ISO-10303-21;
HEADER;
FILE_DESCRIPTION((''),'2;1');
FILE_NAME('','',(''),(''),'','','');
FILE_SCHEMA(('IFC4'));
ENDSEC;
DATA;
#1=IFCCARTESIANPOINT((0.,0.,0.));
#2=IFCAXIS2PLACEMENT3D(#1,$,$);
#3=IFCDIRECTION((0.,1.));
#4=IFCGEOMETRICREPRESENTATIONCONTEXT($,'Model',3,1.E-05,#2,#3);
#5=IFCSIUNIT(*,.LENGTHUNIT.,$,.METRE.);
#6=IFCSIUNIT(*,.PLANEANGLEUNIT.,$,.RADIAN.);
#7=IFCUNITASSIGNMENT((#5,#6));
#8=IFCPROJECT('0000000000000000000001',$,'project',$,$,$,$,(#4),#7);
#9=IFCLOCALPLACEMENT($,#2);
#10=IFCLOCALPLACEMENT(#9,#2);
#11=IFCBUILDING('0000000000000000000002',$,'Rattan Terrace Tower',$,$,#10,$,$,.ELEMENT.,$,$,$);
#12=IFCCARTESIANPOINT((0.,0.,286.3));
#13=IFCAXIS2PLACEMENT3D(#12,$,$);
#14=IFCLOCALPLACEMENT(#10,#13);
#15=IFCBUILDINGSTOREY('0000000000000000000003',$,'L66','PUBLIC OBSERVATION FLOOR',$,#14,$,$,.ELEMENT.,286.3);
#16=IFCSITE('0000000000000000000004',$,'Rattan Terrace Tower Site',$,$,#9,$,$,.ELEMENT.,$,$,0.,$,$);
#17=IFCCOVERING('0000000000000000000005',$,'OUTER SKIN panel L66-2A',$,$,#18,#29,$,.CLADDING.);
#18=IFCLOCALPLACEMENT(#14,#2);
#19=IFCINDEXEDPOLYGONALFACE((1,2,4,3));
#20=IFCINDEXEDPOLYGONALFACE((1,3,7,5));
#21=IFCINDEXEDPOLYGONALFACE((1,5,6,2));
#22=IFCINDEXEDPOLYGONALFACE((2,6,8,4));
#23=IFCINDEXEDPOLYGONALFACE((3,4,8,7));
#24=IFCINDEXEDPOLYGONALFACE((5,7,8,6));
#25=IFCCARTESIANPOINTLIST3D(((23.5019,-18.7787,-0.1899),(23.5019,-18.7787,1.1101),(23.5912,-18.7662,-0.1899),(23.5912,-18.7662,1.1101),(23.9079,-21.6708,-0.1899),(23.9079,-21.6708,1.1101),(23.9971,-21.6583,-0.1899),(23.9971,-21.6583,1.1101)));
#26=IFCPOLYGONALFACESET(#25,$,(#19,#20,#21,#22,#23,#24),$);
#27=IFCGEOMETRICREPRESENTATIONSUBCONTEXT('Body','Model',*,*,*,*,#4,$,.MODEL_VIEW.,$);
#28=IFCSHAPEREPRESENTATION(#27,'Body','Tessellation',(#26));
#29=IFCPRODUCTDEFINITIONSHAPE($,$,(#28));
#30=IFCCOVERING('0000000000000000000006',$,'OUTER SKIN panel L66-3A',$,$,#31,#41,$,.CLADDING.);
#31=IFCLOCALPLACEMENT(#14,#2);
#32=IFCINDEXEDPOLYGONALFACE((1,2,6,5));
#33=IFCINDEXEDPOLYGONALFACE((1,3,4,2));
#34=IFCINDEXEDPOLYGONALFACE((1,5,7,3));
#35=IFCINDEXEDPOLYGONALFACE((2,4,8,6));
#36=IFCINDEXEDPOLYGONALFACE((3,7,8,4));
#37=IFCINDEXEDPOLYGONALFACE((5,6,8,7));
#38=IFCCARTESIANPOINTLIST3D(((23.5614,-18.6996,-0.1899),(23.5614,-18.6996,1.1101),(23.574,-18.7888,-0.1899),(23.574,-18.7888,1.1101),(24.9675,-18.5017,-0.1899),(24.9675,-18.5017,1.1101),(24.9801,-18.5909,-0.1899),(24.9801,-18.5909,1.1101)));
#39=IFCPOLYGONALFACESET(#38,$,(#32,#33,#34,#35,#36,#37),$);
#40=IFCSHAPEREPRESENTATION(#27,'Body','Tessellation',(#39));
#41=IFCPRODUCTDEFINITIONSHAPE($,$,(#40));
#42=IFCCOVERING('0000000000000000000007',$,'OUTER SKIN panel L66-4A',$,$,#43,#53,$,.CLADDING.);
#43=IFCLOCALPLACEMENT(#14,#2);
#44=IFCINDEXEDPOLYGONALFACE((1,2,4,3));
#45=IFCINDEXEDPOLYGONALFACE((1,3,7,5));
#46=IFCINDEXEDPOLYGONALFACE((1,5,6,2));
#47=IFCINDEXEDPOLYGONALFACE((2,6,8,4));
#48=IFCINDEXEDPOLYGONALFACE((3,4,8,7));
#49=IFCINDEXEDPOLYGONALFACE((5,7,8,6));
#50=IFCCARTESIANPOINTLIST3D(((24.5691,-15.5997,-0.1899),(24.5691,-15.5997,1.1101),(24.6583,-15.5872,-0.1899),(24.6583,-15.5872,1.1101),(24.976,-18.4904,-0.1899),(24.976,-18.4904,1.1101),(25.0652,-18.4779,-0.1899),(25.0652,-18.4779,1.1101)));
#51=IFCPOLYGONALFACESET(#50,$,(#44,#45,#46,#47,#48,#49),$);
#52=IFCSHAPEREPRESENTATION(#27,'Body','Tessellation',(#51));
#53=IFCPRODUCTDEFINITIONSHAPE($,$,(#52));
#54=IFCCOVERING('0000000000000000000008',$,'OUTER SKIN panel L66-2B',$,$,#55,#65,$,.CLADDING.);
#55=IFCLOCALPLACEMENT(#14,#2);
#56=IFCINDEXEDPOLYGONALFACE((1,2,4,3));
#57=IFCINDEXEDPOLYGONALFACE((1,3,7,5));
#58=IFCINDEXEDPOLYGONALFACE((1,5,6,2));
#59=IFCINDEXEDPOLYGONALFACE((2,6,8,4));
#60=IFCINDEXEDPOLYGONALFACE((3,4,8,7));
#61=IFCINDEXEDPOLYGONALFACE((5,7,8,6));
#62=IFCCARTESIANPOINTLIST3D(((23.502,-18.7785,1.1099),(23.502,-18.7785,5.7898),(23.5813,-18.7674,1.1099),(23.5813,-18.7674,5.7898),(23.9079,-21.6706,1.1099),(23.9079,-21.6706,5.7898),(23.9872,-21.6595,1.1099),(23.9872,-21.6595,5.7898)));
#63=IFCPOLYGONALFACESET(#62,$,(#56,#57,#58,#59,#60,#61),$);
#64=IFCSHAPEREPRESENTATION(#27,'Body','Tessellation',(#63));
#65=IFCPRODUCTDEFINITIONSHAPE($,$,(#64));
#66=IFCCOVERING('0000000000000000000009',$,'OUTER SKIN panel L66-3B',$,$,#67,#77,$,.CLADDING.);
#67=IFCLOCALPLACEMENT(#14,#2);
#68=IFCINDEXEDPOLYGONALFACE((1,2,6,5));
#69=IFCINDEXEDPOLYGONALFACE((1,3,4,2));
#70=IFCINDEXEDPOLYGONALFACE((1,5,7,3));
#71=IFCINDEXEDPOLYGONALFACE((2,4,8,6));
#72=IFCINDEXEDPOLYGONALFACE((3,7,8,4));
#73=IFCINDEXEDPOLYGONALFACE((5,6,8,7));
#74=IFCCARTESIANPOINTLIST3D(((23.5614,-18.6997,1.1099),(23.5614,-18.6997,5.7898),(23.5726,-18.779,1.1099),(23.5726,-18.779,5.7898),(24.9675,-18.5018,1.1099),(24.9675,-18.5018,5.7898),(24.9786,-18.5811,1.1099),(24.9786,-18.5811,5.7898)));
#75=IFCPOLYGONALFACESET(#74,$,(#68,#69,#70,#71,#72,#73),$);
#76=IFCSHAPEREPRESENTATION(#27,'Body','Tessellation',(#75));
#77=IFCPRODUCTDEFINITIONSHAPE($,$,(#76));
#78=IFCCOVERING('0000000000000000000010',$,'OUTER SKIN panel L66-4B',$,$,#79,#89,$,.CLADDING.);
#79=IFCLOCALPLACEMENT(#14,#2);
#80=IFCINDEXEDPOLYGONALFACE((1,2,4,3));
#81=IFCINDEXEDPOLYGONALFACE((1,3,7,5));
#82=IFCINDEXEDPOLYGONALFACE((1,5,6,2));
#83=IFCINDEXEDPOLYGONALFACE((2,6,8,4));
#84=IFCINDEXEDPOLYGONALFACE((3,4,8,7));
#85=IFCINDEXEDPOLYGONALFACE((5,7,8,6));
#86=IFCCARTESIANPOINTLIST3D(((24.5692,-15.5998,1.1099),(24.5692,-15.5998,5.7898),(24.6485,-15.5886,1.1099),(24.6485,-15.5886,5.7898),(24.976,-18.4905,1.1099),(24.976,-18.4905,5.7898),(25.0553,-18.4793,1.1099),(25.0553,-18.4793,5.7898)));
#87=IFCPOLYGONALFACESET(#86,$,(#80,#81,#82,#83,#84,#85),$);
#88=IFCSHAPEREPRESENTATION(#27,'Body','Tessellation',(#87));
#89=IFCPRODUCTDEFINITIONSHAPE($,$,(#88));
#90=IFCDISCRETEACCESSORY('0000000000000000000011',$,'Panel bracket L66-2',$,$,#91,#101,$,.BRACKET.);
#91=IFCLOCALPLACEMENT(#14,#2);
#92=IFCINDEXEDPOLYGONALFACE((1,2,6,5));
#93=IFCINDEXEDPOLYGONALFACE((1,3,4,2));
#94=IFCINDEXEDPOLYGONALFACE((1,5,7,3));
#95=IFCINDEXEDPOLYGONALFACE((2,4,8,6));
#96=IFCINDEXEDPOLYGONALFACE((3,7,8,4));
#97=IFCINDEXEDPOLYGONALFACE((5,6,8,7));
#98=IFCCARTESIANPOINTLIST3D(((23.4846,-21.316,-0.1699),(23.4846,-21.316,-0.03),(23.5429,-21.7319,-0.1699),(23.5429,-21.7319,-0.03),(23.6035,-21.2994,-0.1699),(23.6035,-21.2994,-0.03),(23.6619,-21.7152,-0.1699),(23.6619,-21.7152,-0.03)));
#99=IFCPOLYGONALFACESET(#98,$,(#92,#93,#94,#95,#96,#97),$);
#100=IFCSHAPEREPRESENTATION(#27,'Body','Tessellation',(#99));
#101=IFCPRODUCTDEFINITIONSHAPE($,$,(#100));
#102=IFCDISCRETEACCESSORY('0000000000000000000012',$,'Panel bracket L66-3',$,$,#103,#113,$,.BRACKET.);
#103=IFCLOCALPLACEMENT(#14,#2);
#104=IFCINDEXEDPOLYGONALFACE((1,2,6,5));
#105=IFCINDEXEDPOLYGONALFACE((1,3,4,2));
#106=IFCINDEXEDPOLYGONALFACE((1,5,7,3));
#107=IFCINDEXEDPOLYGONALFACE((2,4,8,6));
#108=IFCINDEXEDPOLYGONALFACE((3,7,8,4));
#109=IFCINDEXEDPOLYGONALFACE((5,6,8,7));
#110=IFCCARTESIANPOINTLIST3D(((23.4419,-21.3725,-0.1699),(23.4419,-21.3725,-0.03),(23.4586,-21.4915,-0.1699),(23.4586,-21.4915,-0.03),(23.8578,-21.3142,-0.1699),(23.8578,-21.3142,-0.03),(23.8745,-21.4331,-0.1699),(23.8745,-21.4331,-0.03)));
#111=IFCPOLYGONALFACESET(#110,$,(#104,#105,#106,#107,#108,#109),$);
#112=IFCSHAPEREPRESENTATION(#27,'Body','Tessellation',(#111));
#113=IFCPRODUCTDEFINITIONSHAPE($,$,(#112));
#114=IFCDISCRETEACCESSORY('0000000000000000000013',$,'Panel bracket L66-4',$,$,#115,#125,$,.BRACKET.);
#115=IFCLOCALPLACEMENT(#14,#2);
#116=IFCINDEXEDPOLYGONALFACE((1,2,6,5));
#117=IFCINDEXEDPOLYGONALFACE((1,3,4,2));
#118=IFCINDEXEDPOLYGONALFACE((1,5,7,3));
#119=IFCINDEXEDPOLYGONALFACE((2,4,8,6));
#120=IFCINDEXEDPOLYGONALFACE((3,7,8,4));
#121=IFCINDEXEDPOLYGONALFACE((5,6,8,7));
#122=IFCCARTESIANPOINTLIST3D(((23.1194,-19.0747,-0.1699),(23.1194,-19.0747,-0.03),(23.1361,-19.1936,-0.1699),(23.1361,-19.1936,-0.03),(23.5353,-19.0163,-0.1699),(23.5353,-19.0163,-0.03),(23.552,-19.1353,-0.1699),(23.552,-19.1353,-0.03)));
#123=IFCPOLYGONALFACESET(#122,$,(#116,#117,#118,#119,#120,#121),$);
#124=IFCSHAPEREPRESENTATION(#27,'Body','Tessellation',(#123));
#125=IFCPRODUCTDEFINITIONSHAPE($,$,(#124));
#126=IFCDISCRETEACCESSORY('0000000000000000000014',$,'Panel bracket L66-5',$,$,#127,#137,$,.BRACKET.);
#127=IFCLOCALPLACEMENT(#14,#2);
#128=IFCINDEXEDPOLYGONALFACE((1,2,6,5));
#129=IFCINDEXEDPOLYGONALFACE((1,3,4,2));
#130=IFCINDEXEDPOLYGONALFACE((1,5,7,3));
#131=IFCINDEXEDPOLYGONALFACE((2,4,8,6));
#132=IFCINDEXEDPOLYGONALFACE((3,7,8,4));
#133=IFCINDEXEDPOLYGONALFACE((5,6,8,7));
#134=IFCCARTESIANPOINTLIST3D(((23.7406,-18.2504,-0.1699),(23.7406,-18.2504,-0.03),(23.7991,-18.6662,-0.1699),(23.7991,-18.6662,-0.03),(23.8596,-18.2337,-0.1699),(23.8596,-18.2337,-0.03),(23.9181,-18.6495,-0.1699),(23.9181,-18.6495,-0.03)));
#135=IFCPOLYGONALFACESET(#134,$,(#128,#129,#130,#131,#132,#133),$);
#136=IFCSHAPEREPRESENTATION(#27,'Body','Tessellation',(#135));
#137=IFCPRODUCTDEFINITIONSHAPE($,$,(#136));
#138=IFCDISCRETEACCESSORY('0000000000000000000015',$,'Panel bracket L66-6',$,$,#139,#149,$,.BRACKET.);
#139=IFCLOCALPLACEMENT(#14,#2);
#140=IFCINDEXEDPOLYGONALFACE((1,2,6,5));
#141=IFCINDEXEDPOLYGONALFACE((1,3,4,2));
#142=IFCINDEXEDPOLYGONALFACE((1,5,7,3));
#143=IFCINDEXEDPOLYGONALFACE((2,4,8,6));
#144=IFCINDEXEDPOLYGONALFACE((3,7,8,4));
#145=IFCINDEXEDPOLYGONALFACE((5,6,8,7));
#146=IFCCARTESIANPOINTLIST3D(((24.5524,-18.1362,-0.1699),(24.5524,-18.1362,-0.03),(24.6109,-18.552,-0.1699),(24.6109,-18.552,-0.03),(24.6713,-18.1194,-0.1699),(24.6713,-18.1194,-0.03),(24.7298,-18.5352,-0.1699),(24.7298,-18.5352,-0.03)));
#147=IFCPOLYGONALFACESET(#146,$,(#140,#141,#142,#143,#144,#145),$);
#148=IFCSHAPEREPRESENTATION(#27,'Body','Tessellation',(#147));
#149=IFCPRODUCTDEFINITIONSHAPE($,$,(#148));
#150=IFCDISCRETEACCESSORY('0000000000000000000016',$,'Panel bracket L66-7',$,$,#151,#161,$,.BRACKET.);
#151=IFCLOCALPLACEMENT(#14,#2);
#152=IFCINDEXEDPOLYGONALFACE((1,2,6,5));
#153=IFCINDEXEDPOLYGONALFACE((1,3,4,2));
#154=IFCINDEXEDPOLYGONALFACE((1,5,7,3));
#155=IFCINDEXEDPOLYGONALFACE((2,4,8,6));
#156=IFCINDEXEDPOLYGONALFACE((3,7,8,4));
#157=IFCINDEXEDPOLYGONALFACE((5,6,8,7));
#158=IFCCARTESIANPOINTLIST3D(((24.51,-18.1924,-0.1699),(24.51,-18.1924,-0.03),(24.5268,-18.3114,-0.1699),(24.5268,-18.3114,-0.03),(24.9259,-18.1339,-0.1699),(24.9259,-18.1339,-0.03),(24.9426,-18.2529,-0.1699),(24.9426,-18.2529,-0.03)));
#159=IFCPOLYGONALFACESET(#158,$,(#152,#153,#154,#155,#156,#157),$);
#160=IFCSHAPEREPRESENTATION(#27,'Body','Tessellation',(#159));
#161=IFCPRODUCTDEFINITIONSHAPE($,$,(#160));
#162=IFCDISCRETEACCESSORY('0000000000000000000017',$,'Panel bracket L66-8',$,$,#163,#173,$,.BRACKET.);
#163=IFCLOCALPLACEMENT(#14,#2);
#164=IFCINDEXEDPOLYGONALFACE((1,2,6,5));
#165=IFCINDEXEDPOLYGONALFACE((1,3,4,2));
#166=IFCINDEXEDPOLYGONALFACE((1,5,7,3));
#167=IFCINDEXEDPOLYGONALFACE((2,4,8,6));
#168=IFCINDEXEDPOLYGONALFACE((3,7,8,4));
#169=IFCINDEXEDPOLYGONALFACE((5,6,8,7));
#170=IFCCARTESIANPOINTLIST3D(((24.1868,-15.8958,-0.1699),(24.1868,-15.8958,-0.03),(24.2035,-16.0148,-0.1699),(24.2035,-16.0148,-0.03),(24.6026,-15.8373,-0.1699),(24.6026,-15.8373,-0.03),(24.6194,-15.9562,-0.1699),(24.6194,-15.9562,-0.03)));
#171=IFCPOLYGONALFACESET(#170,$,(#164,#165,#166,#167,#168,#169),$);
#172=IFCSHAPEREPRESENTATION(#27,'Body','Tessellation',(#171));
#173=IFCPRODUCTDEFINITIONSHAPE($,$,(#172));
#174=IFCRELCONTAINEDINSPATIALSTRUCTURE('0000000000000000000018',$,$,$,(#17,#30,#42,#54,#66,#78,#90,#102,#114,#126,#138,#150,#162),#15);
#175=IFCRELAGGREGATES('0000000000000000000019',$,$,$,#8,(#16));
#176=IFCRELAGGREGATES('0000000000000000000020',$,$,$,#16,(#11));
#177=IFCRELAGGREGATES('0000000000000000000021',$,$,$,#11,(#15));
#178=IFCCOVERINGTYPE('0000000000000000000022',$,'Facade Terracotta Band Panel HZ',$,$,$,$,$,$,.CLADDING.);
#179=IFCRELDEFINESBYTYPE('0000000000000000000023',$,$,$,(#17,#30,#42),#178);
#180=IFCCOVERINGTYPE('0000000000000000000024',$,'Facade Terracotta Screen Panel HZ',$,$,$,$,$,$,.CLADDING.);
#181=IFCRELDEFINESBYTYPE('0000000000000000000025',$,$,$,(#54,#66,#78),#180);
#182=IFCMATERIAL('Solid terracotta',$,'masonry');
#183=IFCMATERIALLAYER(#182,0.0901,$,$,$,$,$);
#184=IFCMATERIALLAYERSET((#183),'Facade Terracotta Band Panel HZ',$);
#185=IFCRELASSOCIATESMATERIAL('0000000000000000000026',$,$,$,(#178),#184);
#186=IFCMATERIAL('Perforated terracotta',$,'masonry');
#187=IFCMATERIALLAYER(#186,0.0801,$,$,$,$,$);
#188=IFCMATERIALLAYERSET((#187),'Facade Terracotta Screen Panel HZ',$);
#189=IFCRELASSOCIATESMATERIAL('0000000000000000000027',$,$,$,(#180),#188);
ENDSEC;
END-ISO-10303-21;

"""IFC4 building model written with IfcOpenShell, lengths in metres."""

from ifc_helpers import new_model, si_unit, direction, frame, origin, origin_2d, place, context, subcontext, project, spatial, rectangle, extrude, material, layer, layer_set, type_object, element, save


model = new_model("IFC4")

# Units and contexts
model_context = context("Model", 3, precision=1e-05, world=origin(), true_north=direction((0.0, 1.0)))
body_context = subcontext(model_context, "Body", "Model", "MODEL_VIEW")
ifc_project = project(units=[si_unit("LENGTHUNIT", "METRE"), si_unit("PLANEANGLEUNIT", "RADIAN")], contexts=[model_context])

# Site, building, storey
site_placement = place(None, origin())
site = spatial("IfcSite", under=ifc_project, at=site_placement, Name="Rattan Terrace Tower Site", CompositionType="ELEMENT", RefElevation=0.0)
building_placement = place(site_placement, origin())
building = spatial("IfcBuilding", under=site, at=building_placement, Name="Rattan Terrace Tower", CompositionType="ELEMENT")
storey_placement = place(building_placement, frame((0.0, 0.0, 286.3)))
storey = spatial("IfcBuildingStorey", under=building, at=storey_placement, Name="L66", Description="PUBLIC OBSERVATION FLOOR", CompositionType="ELEMENT", Elevation=286.3)

# Coverings
ifc_material_1 = material(Name="Solid terracotta", Category="masonry")
ifc_layer_1 = layer(ifc_material_1, 0.0901)
ifc_layer_set_1 = layer_set([ifc_layer_1], Name="Facade Terracotta Band Panel HZ")
covering_type_1 = type_object("IfcCoveringType", Name="Facade Terracotta Band Panel HZ", PredefinedType="CLADDING", material=ifc_layer_set_1)
covering_1_placement = place(storey_placement, frame((23.7495, -20.2185, -0.1899), z_axis=(0.0, 0.0, 1.0), x_axis=(-0.138994, 0.990293, 0.0)))
element("IfcCovering", 1, at=covering_1_placement, inside=storey, type_object=covering_type_1, Name="OUTER SKIN panel L66-2A", PredefinedType="CLADDING", context=body_context, shape_type="SweptSolid", body=[
    extrude(rectangle(XDim=2.9204, YDim=0.0901, at=origin_2d()), origin(), (0.0, 0.0, 1.0), 1.3),
])
covering_2_placement = place(storey_placement, frame((24.2708, -18.6453, -0.1899), z_axis=(0.0, 0.0, 1.0), x_axis=(0.990241, 0.139367, 0.0)))
element("IfcCovering", 2, at=covering_2_placement, inside=storey, type_object=covering_type_1, Name="OUTER SKIN panel L66-3A", PredefinedType="CLADDING", context=body_context, shape_type="SweptSolid", body=[
    extrude(rectangle(XDim=1.4199, YDim=0.0901, at=origin_2d()), origin(), (0.0, 0.0, 1.0), 1.3),
])
covering_3_placement = place(storey_placement, frame((24.8171, -17.0388, -0.1899), z_axis=(0.0, 0.0, 1.0), x_axis=(-0.139367, 0.990241, 0.0)))
element("IfcCovering", 3, at=covering_3_placement, inside=storey, type_object=covering_type_1, Name="OUTER SKIN panel L66-4A", PredefinedType="CLADDING", context=body_context, shape_type="SweptSolid", body=[
    extrude(rectangle(XDim=2.9192, YDim=0.0901, at=origin_2d()), origin(), (0.0, 0.0, 1.0), 1.3),
])
ifc_material_2 = material(Name="Perforated terracotta", Category="masonry")
ifc_layer_2 = layer(ifc_material_2, 0.0801)
ifc_layer_set_2 = layer_set([ifc_layer_2], Name="Facade Terracotta Screen Panel HZ")
covering_type_2 = type_object("IfcCoveringType", Name="Facade Terracotta Screen Panel HZ", PredefinedType="CLADDING", material=ifc_layer_set_2)
covering_4_placement = place(storey_placement, frame((23.7446, -20.219, 1.1099), z_axis=(0.0, 0.0, 1.0), x_axis=(-0.138994, 0.990293, 0.0)))
element("IfcCovering", 4, at=covering_4_placement, inside=storey, type_object=covering_type_2, Name="OUTER SKIN panel L66-2B", PredefinedType="CLADDING", context=body_context, shape_type="SweptSolid", body=[
    extrude(rectangle(XDim=2.9204, YDim=0.0801, at=origin_2d()), origin(), (0.0, 0.0, 1.0), 4.6799),
])
covering_5_placement = place(storey_placement, frame((24.27, -18.6404, 1.1099), z_axis=(0.0, 0.0, 1.0), x_axis=(0.990241, 0.139367, 0.0)))
element("IfcCovering", 5, at=covering_5_placement, inside=storey, type_object=covering_type_2, Name="OUTER SKIN panel L66-3B", PredefinedType="CLADDING", context=body_context, shape_type="SweptSolid", body=[
    extrude(rectangle(XDim=1.4199, YDim=0.0801, at=origin_2d()), origin(), (0.0, 0.0, 1.0), 4.6799),
])
covering_6_placement = place(storey_placement, frame((24.8123, -17.0396, 1.1099), z_axis=(0.0, 0.0, 1.0), x_axis=(-0.139367, 0.990241, 0.0)))
element("IfcCovering", 6, at=covering_6_placement, inside=storey, type_object=covering_type_2, Name="OUTER SKIN panel L66-4B", PredefinedType="CLADDING", context=body_context, shape_type="SweptSolid", body=[
    extrude(rectangle(XDim=2.9192, YDim=0.0801, at=origin_2d()), origin(), (0.0, 0.0, 1.0), 4.6799),
])

# Discrete accessories
for number, where, z_axis, x_axis, name in (
    (7, (23.5732, -21.5156, -0.1699), (0.0, 0.0, 1.0), (0.990293, 0.138994, 0.0), "Panel bracket L66-2"),
    (8, (23.6582, -21.4028, -0.1699), (0.0, 0.0, 1.0), (-0.138994, 0.990293, 0.0), "Panel bracket L66-3"),
    (9, (23.3357, -19.105, -0.1699), (0.0, 0.0, 1.0), (-0.138994, 0.990293, 0.0), "Panel bracket L66-4"),
    (10, (23.8293, -18.45, -0.1699), (0.0, 0.0, 1.0), (0.990241, 0.139367, 0.0), "Panel bracket L66-5"),
    (11, (24.6411, -18.3357, -0.1699), (0.0, 0.0, 1.0), (0.990241, 0.139367, 0.0), "Panel bracket L66-6"),
    (12, (24.7263, -18.2227, -0.1699), (0.0, 0.0, 1.0), (-0.139367, 0.990241, 0.0), "Panel bracket L66-7"),
    (13, (24.4031, -15.926, -0.1699), (0.0, 0.0, 1.0), (-0.139367, 0.990241, 0.0), "Panel bracket L66-8"),
):
    element("IfcDiscreteAccessory", number, at=place(storey_placement, frame(where, z_axis=z_axis, x_axis=x_axis)), inside=storey, Name=name, PredefinedType="BRACKET", context=body_context, shape_type="SweptSolid", body=[
        extrude(rectangle(XDim=0.1201, YDim=0.4199, at=origin_2d()), origin(), (0.0, 0.0, 1.0), 0.1399),
    ])

save(model, "model.ifc")
